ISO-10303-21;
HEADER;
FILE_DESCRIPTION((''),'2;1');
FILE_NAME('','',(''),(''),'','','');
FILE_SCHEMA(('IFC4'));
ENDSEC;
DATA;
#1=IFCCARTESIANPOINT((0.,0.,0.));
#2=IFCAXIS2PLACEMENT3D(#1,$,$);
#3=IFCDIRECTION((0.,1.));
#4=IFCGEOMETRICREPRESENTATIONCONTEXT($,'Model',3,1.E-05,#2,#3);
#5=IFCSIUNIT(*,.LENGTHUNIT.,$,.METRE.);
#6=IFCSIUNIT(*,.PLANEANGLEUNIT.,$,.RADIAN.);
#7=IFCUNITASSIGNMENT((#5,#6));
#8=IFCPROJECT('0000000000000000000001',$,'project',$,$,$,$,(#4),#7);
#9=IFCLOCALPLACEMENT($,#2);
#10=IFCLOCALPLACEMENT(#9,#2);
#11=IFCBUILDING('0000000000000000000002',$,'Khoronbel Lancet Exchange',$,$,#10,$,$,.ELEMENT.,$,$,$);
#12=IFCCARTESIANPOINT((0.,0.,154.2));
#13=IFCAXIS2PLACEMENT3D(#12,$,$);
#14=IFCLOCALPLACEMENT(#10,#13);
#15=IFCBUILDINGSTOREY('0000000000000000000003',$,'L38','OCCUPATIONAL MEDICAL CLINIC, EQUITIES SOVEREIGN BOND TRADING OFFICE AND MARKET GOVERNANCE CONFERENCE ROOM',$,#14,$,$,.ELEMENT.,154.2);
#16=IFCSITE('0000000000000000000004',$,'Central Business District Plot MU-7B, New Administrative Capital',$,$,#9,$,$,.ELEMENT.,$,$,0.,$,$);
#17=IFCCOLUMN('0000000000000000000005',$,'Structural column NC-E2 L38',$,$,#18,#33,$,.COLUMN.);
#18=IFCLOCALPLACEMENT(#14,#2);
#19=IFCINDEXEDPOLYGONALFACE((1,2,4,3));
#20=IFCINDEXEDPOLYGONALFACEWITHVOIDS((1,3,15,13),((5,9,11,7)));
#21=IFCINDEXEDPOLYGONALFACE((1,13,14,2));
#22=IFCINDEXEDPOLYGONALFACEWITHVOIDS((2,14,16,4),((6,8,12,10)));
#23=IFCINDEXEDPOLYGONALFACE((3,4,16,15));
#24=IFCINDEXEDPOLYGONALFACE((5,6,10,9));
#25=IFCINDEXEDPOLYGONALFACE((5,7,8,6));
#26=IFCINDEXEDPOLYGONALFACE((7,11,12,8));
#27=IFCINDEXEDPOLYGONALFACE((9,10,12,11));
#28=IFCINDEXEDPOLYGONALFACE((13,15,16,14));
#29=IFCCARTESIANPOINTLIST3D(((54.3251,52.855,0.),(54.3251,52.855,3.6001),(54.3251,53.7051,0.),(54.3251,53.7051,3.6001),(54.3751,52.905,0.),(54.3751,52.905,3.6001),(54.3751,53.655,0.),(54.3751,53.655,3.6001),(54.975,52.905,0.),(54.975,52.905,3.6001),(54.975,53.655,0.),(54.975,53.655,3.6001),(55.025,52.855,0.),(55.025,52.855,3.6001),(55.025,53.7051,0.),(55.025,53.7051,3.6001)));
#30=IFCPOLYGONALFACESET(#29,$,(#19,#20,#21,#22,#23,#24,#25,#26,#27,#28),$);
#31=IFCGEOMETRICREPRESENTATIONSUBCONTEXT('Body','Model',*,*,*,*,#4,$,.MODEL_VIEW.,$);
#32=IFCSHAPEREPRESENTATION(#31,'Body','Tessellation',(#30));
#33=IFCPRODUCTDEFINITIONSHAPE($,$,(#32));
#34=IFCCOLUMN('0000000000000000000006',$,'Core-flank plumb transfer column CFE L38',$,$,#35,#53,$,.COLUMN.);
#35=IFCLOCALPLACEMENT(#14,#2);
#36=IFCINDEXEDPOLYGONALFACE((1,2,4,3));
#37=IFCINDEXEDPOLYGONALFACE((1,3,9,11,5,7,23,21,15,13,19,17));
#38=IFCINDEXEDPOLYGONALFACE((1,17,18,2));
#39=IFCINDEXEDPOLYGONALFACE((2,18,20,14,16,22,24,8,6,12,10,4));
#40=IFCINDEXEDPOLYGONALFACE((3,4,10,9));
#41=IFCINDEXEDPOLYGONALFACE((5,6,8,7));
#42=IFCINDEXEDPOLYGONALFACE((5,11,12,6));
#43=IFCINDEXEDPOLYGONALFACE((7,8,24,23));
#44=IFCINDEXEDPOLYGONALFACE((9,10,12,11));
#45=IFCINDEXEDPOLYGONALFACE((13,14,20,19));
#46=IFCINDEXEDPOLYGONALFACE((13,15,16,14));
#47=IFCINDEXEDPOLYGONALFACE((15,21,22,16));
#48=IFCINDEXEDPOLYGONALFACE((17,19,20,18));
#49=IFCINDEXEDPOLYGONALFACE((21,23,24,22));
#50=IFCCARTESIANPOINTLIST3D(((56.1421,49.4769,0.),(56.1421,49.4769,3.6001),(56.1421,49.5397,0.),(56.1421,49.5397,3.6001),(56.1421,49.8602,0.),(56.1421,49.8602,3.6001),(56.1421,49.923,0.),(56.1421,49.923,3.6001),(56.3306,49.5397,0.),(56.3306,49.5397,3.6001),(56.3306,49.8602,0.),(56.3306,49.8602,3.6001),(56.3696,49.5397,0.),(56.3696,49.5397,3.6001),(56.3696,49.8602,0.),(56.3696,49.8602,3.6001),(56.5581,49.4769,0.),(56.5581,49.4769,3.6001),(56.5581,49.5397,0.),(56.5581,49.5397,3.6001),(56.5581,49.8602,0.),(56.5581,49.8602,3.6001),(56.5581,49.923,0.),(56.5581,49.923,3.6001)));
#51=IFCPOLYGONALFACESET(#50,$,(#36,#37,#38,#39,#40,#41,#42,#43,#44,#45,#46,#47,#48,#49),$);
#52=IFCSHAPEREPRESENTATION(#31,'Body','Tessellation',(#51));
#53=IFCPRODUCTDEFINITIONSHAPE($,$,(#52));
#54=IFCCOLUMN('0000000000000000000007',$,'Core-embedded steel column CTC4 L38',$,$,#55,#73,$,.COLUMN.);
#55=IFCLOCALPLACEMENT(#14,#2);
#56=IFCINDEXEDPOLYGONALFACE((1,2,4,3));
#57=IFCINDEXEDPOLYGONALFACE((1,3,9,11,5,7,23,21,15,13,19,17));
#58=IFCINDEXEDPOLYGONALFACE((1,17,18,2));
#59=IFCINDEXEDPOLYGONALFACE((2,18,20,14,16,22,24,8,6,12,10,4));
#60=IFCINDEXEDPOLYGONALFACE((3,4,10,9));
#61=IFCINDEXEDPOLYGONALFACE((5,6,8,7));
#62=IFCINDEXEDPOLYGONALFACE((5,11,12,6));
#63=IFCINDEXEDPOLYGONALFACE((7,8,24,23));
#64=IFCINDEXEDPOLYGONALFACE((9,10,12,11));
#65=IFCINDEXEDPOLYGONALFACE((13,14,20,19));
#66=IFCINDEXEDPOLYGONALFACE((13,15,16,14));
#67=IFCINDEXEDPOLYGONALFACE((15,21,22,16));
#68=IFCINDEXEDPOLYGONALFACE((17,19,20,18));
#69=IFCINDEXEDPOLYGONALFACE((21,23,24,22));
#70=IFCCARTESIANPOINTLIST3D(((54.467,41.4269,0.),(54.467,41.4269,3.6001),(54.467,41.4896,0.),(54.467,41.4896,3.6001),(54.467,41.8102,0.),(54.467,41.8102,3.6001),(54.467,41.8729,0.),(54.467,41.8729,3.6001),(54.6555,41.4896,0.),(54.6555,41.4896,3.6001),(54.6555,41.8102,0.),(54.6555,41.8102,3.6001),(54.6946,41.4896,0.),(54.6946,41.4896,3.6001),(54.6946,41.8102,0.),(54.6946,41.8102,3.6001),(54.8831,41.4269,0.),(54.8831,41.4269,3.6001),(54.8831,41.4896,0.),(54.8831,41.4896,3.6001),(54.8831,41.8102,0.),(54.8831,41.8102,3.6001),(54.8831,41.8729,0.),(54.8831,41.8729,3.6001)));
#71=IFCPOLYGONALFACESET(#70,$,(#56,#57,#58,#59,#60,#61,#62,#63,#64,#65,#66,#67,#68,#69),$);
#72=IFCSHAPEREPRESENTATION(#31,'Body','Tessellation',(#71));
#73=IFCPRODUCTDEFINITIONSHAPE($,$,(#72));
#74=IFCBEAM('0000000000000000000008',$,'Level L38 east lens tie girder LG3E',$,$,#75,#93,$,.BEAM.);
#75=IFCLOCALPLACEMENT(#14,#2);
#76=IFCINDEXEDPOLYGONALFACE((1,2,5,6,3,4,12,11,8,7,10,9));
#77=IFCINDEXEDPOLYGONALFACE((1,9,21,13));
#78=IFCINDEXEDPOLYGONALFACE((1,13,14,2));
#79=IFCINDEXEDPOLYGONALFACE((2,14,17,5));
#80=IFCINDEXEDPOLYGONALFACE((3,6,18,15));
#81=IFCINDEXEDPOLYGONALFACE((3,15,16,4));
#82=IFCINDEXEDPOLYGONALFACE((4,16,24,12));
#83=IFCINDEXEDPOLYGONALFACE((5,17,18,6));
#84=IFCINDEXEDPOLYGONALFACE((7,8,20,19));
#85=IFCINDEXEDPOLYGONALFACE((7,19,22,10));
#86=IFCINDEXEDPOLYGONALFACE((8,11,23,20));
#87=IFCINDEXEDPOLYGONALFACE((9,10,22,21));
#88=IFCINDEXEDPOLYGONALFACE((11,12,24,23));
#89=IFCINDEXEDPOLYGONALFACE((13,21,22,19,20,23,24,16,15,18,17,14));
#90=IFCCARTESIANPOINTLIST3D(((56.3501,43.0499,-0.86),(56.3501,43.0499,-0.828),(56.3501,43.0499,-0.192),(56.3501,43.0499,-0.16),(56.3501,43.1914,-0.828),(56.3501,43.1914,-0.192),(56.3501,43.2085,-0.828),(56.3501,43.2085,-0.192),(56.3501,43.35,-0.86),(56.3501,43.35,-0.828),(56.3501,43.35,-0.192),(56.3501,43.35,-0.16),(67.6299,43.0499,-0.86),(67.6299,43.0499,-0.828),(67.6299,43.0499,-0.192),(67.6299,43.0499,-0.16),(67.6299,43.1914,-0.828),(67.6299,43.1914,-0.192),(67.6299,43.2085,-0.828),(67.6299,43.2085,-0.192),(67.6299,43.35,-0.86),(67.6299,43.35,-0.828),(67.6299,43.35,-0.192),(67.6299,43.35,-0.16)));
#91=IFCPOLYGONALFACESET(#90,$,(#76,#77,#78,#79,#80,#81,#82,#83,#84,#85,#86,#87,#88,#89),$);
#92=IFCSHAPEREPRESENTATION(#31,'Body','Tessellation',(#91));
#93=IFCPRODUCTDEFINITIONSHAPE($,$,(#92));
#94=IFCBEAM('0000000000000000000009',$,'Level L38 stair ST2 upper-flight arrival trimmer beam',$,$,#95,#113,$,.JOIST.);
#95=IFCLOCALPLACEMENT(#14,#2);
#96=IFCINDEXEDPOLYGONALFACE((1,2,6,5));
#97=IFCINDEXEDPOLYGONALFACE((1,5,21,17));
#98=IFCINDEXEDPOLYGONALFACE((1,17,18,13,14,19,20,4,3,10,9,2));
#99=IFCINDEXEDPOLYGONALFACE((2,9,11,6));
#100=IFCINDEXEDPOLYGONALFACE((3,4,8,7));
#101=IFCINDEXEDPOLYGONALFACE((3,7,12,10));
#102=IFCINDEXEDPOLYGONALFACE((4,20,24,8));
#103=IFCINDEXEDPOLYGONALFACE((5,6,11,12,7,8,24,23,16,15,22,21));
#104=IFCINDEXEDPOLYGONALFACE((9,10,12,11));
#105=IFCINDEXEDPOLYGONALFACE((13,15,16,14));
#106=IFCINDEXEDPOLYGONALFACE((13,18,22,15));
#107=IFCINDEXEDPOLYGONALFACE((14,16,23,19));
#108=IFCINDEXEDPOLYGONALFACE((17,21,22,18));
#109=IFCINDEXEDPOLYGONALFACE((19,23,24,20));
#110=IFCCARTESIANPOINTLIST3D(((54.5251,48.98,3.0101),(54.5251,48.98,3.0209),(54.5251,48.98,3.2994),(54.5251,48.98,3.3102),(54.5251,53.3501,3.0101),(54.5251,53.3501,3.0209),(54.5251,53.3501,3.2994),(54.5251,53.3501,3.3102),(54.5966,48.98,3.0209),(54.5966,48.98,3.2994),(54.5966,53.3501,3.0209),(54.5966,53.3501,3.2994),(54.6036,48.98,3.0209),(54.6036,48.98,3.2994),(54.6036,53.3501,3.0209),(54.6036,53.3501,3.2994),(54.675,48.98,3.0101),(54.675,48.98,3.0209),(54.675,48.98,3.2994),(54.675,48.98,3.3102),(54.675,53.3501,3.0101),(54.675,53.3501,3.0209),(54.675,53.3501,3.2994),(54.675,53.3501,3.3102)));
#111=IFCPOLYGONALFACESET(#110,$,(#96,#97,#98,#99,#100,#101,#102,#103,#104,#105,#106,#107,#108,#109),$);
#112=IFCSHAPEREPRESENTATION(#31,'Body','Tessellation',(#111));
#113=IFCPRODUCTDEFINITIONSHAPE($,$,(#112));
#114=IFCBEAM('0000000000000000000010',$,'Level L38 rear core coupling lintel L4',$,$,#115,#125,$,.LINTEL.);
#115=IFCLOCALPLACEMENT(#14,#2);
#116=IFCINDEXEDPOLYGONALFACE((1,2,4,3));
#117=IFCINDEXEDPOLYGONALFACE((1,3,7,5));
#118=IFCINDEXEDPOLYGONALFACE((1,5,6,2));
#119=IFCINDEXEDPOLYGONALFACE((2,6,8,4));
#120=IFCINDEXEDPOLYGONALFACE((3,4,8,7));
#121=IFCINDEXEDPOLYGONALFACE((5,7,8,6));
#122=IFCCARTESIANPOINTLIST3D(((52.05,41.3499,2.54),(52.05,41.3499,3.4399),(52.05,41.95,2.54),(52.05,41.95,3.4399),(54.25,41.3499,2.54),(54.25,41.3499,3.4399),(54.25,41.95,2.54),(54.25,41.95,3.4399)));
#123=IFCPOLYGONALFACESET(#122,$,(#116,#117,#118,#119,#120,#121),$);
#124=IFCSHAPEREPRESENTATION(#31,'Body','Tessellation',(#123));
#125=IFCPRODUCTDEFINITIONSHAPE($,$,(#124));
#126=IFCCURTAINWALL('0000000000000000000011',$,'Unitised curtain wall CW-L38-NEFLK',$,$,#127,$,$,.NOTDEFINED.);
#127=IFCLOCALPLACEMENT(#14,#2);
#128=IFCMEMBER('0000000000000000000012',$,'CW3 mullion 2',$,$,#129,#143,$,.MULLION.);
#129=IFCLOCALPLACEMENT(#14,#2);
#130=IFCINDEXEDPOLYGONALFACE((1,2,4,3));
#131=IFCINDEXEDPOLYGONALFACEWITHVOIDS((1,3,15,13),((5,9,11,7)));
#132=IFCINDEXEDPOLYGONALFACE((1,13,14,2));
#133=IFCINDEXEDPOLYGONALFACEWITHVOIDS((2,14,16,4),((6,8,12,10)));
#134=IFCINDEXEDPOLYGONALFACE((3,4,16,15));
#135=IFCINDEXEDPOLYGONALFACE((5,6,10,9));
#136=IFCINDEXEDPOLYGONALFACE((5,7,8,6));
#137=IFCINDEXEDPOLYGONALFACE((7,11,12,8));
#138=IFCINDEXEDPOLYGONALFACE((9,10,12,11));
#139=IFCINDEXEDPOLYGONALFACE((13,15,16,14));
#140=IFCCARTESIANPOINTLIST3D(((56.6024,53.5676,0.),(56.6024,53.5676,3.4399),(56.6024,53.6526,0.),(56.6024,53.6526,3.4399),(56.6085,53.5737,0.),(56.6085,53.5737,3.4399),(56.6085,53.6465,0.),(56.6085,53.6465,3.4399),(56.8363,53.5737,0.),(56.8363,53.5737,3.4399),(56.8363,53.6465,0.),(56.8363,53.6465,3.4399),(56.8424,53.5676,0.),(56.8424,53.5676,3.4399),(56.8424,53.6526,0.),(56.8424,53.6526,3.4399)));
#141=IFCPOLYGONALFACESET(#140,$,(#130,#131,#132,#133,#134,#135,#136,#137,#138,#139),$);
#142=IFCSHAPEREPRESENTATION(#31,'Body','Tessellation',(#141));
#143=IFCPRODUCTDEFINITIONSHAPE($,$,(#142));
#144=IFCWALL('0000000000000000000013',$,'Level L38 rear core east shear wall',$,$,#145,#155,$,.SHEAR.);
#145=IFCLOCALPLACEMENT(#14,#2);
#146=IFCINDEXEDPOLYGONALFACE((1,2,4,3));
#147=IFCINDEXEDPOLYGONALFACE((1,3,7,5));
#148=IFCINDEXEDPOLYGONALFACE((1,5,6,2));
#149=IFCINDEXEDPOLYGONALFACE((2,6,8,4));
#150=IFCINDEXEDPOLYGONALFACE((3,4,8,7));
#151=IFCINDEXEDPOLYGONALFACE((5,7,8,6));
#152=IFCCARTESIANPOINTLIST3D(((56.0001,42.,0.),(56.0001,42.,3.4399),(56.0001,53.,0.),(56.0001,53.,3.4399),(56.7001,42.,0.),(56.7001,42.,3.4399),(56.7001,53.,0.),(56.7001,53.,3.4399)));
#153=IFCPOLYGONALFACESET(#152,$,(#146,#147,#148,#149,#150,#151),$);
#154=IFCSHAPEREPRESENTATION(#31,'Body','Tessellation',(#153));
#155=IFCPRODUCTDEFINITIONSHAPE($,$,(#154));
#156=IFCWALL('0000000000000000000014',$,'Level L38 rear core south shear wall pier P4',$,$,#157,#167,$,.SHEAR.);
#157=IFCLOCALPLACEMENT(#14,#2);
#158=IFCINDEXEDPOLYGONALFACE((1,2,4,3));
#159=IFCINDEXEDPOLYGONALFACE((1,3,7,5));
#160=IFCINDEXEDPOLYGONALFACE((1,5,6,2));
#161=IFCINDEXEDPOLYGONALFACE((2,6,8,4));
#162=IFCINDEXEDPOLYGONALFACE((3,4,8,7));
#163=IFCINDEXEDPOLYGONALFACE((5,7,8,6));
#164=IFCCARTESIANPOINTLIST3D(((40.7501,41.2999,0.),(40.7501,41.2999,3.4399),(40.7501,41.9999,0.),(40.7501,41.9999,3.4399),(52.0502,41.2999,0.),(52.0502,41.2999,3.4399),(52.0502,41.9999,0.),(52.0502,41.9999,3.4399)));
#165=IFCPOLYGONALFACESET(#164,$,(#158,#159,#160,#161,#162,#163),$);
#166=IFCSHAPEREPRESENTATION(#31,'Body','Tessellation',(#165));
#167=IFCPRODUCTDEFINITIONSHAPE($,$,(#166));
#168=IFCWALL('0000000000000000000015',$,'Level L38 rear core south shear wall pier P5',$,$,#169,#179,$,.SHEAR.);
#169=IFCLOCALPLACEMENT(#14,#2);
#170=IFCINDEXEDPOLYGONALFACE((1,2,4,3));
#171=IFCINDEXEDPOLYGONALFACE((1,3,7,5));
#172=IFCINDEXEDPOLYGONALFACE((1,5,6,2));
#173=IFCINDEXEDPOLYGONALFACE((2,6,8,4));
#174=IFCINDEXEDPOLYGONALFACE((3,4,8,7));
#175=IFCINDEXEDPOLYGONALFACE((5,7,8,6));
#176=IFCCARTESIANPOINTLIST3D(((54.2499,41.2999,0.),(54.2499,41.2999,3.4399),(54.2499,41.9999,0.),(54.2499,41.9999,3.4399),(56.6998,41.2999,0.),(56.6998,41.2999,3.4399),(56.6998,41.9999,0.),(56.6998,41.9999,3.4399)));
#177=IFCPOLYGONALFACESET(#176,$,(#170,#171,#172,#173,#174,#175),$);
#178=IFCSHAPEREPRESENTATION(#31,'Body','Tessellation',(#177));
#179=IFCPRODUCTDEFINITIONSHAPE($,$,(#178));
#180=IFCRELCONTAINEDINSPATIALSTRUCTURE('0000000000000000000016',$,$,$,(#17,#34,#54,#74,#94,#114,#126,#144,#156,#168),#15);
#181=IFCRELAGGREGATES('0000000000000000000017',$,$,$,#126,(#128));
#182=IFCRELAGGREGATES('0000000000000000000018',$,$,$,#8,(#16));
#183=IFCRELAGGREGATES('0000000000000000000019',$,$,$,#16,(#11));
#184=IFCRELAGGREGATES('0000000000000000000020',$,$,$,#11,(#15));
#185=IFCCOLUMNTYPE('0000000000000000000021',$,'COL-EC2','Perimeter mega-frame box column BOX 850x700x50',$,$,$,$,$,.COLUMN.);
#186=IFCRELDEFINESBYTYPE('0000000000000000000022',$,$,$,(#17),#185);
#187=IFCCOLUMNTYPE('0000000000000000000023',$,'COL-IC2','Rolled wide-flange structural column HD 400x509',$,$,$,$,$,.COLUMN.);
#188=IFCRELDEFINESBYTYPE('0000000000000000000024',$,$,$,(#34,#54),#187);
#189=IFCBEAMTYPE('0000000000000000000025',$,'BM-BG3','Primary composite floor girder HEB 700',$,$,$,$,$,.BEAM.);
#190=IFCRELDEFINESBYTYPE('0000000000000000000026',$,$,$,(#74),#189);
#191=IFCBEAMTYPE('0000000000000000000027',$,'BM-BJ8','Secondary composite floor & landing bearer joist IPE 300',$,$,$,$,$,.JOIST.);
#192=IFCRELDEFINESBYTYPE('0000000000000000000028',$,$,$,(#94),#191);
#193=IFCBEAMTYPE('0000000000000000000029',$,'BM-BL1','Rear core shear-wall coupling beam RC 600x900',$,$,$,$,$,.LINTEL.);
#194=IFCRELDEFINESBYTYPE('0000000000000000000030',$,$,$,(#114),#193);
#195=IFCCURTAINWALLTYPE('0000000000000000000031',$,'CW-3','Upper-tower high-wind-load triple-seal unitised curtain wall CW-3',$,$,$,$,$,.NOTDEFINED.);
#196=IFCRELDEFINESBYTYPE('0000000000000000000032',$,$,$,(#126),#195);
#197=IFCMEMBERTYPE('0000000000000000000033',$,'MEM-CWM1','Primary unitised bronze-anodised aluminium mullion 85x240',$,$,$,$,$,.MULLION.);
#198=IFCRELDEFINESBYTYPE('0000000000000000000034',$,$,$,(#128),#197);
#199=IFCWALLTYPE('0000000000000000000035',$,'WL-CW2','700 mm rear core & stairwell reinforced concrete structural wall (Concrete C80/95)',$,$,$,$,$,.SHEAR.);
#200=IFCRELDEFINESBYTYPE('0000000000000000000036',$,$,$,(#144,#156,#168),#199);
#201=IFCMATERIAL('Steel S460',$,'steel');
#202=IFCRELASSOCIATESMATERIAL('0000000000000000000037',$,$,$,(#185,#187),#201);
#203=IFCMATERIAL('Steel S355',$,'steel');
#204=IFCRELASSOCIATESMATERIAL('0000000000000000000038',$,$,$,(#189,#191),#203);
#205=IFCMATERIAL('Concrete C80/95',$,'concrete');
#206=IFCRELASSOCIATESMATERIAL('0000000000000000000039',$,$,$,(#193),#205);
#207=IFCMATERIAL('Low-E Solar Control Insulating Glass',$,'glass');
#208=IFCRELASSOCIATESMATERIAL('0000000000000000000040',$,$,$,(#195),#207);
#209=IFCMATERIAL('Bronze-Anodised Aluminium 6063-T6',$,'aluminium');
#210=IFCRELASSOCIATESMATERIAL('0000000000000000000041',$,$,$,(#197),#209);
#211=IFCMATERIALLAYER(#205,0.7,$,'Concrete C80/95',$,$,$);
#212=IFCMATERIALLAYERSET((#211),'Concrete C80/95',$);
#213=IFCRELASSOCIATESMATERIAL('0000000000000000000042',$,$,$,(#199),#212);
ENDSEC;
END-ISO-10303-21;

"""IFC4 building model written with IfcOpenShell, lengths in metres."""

from ifc_helpers import new_model, si_unit, direction, frame, frame_2d, origin, origin_2d, place, context, subcontext, project, spatial, rectangle, hollow_rectangle, i_section, extrude, material, layer, layer_set, material_profile, profile_set, type_object, element, aggregate, save


model = new_model("IFC4")

# Units and contexts
model_context = context("Model", 3, precision=1e-05, world=origin(), true_north=direction((0.0, 1.0)))
body_context = subcontext(model_context, "Body", "Model", "MODEL_VIEW")
ifc_project = project(units=[si_unit("LENGTHUNIT", "METRE"), si_unit("PLANEANGLEUNIT", "RADIAN")], contexts=[model_context])

# Site, building, storey
site_placement = place(None, origin())
site = spatial("IfcSite", under=ifc_project, at=site_placement, Name="Central Business District Plot MU-7B, New Administrative Capital", CompositionType="ELEMENT", RefElevation=0.0)
building_placement = place(site_placement, origin())
building = spatial("IfcBuilding", under=site, at=building_placement, Name="Khoronbel Lancet Exchange", CompositionType="ELEMENT")
storey_placement = place(building_placement, frame((0.0, 0.0, 154.2)))
storey = spatial("IfcBuildingStorey", under=building, at=storey_placement, Name="L38", Description="OCCUPATIONAL MEDICAL CLINIC, EQUITIES SOVEREIGN BOND TRADING OFFICE AND MARKET GOVERNANCE CONFERENCE ROOM", CompositionType="ELEMENT", Elevation=154.2)

# Columns
ifc_material_1 = material(Name="Steel S460", Category="steel")
ifc_material_profile_1 = material_profile(ifc_material_1, hollow_rectangle(XDim=0.7, YDim=0.8501, WallThickness=0.05, at=origin_2d()), Name="BOX 850x700x50")
ifc_profile_set_1 = profile_set([ifc_material_profile_1], Name="Steel S460")
column_type_1 = type_object("IfcColumnType", Name="COL-EC2", Description="Perimeter mega-frame box column BOX 850x700x50", PredefinedType="COLUMN", material=ifc_profile_set_1)
column_placement = place(storey_placement, frame((54.675, 53.28, 0.0), z_axis=(0.0, 0.0, 1.0), x_axis=(1.0, 0.0, 0.0)))
element("IfcColumn", 1, at=column_placement, inside=storey, type_object=column_type_1, Name="Structural column NC-E2 L38", PredefinedType="COLUMN", context=body_context, shape_type="SweptSolid", body=[
    extrude(hollow_rectangle(XDim=0.7, YDim=0.8501, WallThickness=0.05, at=origin_2d()), origin(), (0.0, 0.0, 1.0), 3.6001),
])
ifc_material_profile_2 = material_profile(ifc_material_1, i_section(OverallWidth=0.416, OverallDepth=0.446, WebThickness=0.0391, FlangeThickness=0.0627, at=origin_2d()), Name="HD 400x509")
ifc_profile_set_2 = profile_set([ifc_material_profile_2], Name="Steel S460")
column_type_2 = type_object("IfcColumnType", Name="COL-IC2", Description="Rolled wide-flange structural column HD 400x509", PredefinedType="COLUMN", material=ifc_profile_set_2)
for number, where, z_axis, x_axis, name in (
    (2, (56.3501, 49.7, 0.0), (0.0, 0.0, 1.0), (1.0, 0.0, 0.0), "Core-flank plumb transfer column CFE L38"),
    (3, (54.675, 41.6499, 0.0), (0.0, 0.0, 1.0), (1.0, 0.0, 0.0), "Core-embedded steel column CTC4 L38"),
):
    element("IfcColumn", number, at=place(storey_placement, frame(where, z_axis=z_axis, x_axis=x_axis)), inside=storey, type_object=column_type_2, Name=name, PredefinedType="COLUMN", context=body_context, shape_type="SweptSolid", body=[
        extrude(i_section(OverallWidth=0.416, OverallDepth=0.446, WebThickness=0.0391, FlangeThickness=0.0627, at=origin_2d()), origin(), (0.0, 0.0, 1.0), 3.6001),
    ])

# Beams
ifc_material_2 = material(Name="Steel S355", Category="steel")
ifc_material_profile_3 = material_profile(ifc_material_2, i_section(OverallWidth=0.3, OverallDepth=0.7, WebThickness=0.0171, FlangeThickness=0.032, at=origin_2d()), Name="HEB 700")
ifc_profile_set_3 = profile_set([ifc_material_profile_3], Name="Steel S355")
beam_type_1 = type_object("IfcBeamType", Name="BM-BG3", Description="Primary composite floor girder HEB 700", PredefinedType="BEAM", material=ifc_profile_set_3)
beam_1_placement = place(storey_placement, frame((56.3501, 43.2, -0.51), z_axis=(1.0, 0.0, 0.0), x_axis=(0.0, 1.0, 0.0)))
element("IfcBeam", 4, at=beam_1_placement, inside=storey, type_object=beam_type_1, Name="Level L38 east lens tie girder LG3E", PredefinedType="BEAM", context=body_context, shape_type="SweptSolid", body=[
    extrude(i_section(OverallWidth=0.3, OverallDepth=0.7, WebThickness=0.0171, FlangeThickness=0.032, at=origin_2d()), origin(), (0.0, 0.0, 1.0), 11.2798),
])
ifc_material_profile_4 = material_profile(ifc_material_2, i_section(OverallWidth=0.1499, OverallDepth=0.3, WebThickness=0.0071, FlangeThickness=0.0107, at=origin_2d()), Name="IPE 300")
ifc_profile_set_4 = profile_set([ifc_material_profile_4], Name="Steel S355")
beam_type_2 = type_object("IfcBeamType", Name="BM-BJ8", Description="Secondary composite floor & landing bearer joist IPE 300", PredefinedType="JOIST", material=ifc_profile_set_4)
beam_2_placement = place(storey_placement, frame((54.6001, 48.98, 3.1602), z_axis=(0.0, 1.0, 0.0), x_axis=(-1.0, 0.0, 0.0)))
element("IfcBeam", 5, at=beam_2_placement, inside=storey, type_object=beam_type_2, Name="Level L38 stair ST2 upper-flight arrival trimmer beam", PredefinedType="JOIST", context=body_context, shape_type="SweptSolid", body=[
    extrude(i_section(OverallWidth=0.1499, OverallDepth=0.3, WebThickness=0.0071, FlangeThickness=0.0107, at=origin_2d()), origin(), (0.0, 0.0, 1.0), 4.3701),
])
ifc_material_3 = material(Name="Concrete C80/95", Category="concrete")
ifc_material_profile_5 = material_profile(ifc_material_3, rectangle(XDim=0.6001, YDim=0.8999, at=origin_2d()), Name="RC 600x900")
ifc_profile_set_5 = profile_set([ifc_material_profile_5], Name="Concrete C80/95")
beam_type_3 = type_object("IfcBeamType", Name="BM-BL1", Description="Rear core shear-wall coupling beam RC 600x900", PredefinedType="LINTEL", material=ifc_profile_set_5)
beam_3_placement = place(storey_placement, frame((52.05, 41.6499, 2.99), z_axis=(1.0, 0.0, 0.0), x_axis=(0.0, 1.0, 0.0)))
element("IfcBeam", 6, at=beam_3_placement, inside=storey, type_object=beam_type_3, Name="Level L38 rear core coupling lintel L4", PredefinedType="LINTEL", context=body_context, shape_type="SweptSolid", body=[
    extrude(rectangle(XDim=0.6001, YDim=0.8999, at=origin_2d()), origin(), (0.0, 0.0, 1.0), 2.2),
])

# Curtain wall, member
ifc_material_4 = material(Name="Low-E Solar Control Insulating Glass", Category="glass")
curtain_wall_type = type_object("IfcCurtainWallType", Name="CW-3", Description="Upper-tower high-wind-load triple-seal unitised curtain wall CW-3", PredefinedType="NOTDEFINED", material=ifc_material_4)
curtain_wall_placement = place(storey_placement, origin())
curtain_wall = element("IfcCurtainWall", 7, at=curtain_wall_placement, inside=storey, type_object=curtain_wall_type, Name="Unitised curtain wall CW-L38-NEFLK", PredefinedType="NOTDEFINED")
ifc_material_5 = material(Name="Bronze-Anodised Aluminium 6063-T6", Category="aluminium")
ifc_material_profile_6 = material_profile(ifc_material_5, hollow_rectangle(XDim=0.085, YDim=0.24, WallThickness=0.0061, at=origin_2d()), Name="ALU MULLION 85x240")
ifc_profile_set_6 = profile_set([ifc_material_profile_6], Name="Bronze-Anodised Aluminium 6063-T6")
member_type = type_object("IfcMemberType", Name="MEM-CWM1", Description="Primary unitised bronze-anodised aluminium mullion 85x240", PredefinedType="MULLION", material=ifc_profile_set_6)
member_placement = place(storey_placement, frame((56.7224, 53.6101, 0.0), z_axis=(0.0, 0.0, 1.0), x_axis=(0.0, -1.0, 0.0)))
member = element("IfcMember", 8, at=member_placement, type_object=member_type, Name="CW3 mullion 2", PredefinedType="MULLION", context=body_context, shape_type="SweptSolid", body=[
    extrude(hollow_rectangle(XDim=0.085, YDim=0.24, WallThickness=0.0061, at=origin_2d()), origin(), (0.0, 0.0, 1.0), 3.4399),
])
aggregate(curtain_wall, [member])

# Walls
ifc_layer_1 = layer(ifc_material_3, 0.7, Name="Concrete C80/95")
ifc_layer_set_1 = layer_set([ifc_layer_1], Name="Concrete C80/95")
wall_type_1 = type_object("IfcWallType", Name="WL-CW2", Description="700 mm rear core & stairwell reinforced concrete structural wall (Concrete C80/95)", PredefinedType="SHEAR", material=ifc_layer_set_1)
wall_1_placement = place(storey_placement, frame((56.3501, 53.0, 0.0), z_axis=(0.0, 0.0, 1.0), x_axis=(0.0, -1.0, 0.0)))
element("IfcWall", 9, at=wall_1_placement, inside=storey, type_object=wall_type_1, Name="Level L38 rear core east shear wall", PredefinedType="SHEAR", context=body_context, shape_type="SweptSolid", body=[
    extrude(rectangle(XDim=11.0, YDim=0.7, at=frame_2d((5.5, 0.0))), origin(), (0.0, 0.0, 1.0), 3.4399),
])
wall_2_placement = place(storey_placement, frame((52.05, 41.6499, 0.0), z_axis=(0.0, 0.0, 1.0), x_axis=(-1.0, 0.0, 0.0)))
element("IfcWall", 10, at=wall_2_placement, inside=storey, type_object=wall_type_1, Name="Level L38 rear core south shear wall pier P4", PredefinedType="SHEAR", context=body_context, shape_type="SweptSolid", body=[
    extrude(rectangle(XDim=11.3, YDim=0.7, at=frame_2d((5.6499, 0.0))), origin(), (0.0, 0.0, 1.0), 3.4399),
])
wall_3_placement = place(storey_placement, frame((56.7, 41.6499, 0.0), z_axis=(0.0, 0.0, 1.0), x_axis=(-1.0, 0.0, 0.0)))
element("IfcWall", 11, at=wall_3_placement, inside=storey, type_object=wall_type_1, Name="Level L38 rear core south shear wall pier P5", PredefinedType="SHEAR", context=body_context, shape_type="SweptSolid", body=[
    extrude(rectangle(XDim=2.45, YDim=0.7, at=frame_2d((1.2251, 0.0))), origin(), (0.0, 0.0, 1.0), 3.4399),
])

save(model, "model.ifc")
